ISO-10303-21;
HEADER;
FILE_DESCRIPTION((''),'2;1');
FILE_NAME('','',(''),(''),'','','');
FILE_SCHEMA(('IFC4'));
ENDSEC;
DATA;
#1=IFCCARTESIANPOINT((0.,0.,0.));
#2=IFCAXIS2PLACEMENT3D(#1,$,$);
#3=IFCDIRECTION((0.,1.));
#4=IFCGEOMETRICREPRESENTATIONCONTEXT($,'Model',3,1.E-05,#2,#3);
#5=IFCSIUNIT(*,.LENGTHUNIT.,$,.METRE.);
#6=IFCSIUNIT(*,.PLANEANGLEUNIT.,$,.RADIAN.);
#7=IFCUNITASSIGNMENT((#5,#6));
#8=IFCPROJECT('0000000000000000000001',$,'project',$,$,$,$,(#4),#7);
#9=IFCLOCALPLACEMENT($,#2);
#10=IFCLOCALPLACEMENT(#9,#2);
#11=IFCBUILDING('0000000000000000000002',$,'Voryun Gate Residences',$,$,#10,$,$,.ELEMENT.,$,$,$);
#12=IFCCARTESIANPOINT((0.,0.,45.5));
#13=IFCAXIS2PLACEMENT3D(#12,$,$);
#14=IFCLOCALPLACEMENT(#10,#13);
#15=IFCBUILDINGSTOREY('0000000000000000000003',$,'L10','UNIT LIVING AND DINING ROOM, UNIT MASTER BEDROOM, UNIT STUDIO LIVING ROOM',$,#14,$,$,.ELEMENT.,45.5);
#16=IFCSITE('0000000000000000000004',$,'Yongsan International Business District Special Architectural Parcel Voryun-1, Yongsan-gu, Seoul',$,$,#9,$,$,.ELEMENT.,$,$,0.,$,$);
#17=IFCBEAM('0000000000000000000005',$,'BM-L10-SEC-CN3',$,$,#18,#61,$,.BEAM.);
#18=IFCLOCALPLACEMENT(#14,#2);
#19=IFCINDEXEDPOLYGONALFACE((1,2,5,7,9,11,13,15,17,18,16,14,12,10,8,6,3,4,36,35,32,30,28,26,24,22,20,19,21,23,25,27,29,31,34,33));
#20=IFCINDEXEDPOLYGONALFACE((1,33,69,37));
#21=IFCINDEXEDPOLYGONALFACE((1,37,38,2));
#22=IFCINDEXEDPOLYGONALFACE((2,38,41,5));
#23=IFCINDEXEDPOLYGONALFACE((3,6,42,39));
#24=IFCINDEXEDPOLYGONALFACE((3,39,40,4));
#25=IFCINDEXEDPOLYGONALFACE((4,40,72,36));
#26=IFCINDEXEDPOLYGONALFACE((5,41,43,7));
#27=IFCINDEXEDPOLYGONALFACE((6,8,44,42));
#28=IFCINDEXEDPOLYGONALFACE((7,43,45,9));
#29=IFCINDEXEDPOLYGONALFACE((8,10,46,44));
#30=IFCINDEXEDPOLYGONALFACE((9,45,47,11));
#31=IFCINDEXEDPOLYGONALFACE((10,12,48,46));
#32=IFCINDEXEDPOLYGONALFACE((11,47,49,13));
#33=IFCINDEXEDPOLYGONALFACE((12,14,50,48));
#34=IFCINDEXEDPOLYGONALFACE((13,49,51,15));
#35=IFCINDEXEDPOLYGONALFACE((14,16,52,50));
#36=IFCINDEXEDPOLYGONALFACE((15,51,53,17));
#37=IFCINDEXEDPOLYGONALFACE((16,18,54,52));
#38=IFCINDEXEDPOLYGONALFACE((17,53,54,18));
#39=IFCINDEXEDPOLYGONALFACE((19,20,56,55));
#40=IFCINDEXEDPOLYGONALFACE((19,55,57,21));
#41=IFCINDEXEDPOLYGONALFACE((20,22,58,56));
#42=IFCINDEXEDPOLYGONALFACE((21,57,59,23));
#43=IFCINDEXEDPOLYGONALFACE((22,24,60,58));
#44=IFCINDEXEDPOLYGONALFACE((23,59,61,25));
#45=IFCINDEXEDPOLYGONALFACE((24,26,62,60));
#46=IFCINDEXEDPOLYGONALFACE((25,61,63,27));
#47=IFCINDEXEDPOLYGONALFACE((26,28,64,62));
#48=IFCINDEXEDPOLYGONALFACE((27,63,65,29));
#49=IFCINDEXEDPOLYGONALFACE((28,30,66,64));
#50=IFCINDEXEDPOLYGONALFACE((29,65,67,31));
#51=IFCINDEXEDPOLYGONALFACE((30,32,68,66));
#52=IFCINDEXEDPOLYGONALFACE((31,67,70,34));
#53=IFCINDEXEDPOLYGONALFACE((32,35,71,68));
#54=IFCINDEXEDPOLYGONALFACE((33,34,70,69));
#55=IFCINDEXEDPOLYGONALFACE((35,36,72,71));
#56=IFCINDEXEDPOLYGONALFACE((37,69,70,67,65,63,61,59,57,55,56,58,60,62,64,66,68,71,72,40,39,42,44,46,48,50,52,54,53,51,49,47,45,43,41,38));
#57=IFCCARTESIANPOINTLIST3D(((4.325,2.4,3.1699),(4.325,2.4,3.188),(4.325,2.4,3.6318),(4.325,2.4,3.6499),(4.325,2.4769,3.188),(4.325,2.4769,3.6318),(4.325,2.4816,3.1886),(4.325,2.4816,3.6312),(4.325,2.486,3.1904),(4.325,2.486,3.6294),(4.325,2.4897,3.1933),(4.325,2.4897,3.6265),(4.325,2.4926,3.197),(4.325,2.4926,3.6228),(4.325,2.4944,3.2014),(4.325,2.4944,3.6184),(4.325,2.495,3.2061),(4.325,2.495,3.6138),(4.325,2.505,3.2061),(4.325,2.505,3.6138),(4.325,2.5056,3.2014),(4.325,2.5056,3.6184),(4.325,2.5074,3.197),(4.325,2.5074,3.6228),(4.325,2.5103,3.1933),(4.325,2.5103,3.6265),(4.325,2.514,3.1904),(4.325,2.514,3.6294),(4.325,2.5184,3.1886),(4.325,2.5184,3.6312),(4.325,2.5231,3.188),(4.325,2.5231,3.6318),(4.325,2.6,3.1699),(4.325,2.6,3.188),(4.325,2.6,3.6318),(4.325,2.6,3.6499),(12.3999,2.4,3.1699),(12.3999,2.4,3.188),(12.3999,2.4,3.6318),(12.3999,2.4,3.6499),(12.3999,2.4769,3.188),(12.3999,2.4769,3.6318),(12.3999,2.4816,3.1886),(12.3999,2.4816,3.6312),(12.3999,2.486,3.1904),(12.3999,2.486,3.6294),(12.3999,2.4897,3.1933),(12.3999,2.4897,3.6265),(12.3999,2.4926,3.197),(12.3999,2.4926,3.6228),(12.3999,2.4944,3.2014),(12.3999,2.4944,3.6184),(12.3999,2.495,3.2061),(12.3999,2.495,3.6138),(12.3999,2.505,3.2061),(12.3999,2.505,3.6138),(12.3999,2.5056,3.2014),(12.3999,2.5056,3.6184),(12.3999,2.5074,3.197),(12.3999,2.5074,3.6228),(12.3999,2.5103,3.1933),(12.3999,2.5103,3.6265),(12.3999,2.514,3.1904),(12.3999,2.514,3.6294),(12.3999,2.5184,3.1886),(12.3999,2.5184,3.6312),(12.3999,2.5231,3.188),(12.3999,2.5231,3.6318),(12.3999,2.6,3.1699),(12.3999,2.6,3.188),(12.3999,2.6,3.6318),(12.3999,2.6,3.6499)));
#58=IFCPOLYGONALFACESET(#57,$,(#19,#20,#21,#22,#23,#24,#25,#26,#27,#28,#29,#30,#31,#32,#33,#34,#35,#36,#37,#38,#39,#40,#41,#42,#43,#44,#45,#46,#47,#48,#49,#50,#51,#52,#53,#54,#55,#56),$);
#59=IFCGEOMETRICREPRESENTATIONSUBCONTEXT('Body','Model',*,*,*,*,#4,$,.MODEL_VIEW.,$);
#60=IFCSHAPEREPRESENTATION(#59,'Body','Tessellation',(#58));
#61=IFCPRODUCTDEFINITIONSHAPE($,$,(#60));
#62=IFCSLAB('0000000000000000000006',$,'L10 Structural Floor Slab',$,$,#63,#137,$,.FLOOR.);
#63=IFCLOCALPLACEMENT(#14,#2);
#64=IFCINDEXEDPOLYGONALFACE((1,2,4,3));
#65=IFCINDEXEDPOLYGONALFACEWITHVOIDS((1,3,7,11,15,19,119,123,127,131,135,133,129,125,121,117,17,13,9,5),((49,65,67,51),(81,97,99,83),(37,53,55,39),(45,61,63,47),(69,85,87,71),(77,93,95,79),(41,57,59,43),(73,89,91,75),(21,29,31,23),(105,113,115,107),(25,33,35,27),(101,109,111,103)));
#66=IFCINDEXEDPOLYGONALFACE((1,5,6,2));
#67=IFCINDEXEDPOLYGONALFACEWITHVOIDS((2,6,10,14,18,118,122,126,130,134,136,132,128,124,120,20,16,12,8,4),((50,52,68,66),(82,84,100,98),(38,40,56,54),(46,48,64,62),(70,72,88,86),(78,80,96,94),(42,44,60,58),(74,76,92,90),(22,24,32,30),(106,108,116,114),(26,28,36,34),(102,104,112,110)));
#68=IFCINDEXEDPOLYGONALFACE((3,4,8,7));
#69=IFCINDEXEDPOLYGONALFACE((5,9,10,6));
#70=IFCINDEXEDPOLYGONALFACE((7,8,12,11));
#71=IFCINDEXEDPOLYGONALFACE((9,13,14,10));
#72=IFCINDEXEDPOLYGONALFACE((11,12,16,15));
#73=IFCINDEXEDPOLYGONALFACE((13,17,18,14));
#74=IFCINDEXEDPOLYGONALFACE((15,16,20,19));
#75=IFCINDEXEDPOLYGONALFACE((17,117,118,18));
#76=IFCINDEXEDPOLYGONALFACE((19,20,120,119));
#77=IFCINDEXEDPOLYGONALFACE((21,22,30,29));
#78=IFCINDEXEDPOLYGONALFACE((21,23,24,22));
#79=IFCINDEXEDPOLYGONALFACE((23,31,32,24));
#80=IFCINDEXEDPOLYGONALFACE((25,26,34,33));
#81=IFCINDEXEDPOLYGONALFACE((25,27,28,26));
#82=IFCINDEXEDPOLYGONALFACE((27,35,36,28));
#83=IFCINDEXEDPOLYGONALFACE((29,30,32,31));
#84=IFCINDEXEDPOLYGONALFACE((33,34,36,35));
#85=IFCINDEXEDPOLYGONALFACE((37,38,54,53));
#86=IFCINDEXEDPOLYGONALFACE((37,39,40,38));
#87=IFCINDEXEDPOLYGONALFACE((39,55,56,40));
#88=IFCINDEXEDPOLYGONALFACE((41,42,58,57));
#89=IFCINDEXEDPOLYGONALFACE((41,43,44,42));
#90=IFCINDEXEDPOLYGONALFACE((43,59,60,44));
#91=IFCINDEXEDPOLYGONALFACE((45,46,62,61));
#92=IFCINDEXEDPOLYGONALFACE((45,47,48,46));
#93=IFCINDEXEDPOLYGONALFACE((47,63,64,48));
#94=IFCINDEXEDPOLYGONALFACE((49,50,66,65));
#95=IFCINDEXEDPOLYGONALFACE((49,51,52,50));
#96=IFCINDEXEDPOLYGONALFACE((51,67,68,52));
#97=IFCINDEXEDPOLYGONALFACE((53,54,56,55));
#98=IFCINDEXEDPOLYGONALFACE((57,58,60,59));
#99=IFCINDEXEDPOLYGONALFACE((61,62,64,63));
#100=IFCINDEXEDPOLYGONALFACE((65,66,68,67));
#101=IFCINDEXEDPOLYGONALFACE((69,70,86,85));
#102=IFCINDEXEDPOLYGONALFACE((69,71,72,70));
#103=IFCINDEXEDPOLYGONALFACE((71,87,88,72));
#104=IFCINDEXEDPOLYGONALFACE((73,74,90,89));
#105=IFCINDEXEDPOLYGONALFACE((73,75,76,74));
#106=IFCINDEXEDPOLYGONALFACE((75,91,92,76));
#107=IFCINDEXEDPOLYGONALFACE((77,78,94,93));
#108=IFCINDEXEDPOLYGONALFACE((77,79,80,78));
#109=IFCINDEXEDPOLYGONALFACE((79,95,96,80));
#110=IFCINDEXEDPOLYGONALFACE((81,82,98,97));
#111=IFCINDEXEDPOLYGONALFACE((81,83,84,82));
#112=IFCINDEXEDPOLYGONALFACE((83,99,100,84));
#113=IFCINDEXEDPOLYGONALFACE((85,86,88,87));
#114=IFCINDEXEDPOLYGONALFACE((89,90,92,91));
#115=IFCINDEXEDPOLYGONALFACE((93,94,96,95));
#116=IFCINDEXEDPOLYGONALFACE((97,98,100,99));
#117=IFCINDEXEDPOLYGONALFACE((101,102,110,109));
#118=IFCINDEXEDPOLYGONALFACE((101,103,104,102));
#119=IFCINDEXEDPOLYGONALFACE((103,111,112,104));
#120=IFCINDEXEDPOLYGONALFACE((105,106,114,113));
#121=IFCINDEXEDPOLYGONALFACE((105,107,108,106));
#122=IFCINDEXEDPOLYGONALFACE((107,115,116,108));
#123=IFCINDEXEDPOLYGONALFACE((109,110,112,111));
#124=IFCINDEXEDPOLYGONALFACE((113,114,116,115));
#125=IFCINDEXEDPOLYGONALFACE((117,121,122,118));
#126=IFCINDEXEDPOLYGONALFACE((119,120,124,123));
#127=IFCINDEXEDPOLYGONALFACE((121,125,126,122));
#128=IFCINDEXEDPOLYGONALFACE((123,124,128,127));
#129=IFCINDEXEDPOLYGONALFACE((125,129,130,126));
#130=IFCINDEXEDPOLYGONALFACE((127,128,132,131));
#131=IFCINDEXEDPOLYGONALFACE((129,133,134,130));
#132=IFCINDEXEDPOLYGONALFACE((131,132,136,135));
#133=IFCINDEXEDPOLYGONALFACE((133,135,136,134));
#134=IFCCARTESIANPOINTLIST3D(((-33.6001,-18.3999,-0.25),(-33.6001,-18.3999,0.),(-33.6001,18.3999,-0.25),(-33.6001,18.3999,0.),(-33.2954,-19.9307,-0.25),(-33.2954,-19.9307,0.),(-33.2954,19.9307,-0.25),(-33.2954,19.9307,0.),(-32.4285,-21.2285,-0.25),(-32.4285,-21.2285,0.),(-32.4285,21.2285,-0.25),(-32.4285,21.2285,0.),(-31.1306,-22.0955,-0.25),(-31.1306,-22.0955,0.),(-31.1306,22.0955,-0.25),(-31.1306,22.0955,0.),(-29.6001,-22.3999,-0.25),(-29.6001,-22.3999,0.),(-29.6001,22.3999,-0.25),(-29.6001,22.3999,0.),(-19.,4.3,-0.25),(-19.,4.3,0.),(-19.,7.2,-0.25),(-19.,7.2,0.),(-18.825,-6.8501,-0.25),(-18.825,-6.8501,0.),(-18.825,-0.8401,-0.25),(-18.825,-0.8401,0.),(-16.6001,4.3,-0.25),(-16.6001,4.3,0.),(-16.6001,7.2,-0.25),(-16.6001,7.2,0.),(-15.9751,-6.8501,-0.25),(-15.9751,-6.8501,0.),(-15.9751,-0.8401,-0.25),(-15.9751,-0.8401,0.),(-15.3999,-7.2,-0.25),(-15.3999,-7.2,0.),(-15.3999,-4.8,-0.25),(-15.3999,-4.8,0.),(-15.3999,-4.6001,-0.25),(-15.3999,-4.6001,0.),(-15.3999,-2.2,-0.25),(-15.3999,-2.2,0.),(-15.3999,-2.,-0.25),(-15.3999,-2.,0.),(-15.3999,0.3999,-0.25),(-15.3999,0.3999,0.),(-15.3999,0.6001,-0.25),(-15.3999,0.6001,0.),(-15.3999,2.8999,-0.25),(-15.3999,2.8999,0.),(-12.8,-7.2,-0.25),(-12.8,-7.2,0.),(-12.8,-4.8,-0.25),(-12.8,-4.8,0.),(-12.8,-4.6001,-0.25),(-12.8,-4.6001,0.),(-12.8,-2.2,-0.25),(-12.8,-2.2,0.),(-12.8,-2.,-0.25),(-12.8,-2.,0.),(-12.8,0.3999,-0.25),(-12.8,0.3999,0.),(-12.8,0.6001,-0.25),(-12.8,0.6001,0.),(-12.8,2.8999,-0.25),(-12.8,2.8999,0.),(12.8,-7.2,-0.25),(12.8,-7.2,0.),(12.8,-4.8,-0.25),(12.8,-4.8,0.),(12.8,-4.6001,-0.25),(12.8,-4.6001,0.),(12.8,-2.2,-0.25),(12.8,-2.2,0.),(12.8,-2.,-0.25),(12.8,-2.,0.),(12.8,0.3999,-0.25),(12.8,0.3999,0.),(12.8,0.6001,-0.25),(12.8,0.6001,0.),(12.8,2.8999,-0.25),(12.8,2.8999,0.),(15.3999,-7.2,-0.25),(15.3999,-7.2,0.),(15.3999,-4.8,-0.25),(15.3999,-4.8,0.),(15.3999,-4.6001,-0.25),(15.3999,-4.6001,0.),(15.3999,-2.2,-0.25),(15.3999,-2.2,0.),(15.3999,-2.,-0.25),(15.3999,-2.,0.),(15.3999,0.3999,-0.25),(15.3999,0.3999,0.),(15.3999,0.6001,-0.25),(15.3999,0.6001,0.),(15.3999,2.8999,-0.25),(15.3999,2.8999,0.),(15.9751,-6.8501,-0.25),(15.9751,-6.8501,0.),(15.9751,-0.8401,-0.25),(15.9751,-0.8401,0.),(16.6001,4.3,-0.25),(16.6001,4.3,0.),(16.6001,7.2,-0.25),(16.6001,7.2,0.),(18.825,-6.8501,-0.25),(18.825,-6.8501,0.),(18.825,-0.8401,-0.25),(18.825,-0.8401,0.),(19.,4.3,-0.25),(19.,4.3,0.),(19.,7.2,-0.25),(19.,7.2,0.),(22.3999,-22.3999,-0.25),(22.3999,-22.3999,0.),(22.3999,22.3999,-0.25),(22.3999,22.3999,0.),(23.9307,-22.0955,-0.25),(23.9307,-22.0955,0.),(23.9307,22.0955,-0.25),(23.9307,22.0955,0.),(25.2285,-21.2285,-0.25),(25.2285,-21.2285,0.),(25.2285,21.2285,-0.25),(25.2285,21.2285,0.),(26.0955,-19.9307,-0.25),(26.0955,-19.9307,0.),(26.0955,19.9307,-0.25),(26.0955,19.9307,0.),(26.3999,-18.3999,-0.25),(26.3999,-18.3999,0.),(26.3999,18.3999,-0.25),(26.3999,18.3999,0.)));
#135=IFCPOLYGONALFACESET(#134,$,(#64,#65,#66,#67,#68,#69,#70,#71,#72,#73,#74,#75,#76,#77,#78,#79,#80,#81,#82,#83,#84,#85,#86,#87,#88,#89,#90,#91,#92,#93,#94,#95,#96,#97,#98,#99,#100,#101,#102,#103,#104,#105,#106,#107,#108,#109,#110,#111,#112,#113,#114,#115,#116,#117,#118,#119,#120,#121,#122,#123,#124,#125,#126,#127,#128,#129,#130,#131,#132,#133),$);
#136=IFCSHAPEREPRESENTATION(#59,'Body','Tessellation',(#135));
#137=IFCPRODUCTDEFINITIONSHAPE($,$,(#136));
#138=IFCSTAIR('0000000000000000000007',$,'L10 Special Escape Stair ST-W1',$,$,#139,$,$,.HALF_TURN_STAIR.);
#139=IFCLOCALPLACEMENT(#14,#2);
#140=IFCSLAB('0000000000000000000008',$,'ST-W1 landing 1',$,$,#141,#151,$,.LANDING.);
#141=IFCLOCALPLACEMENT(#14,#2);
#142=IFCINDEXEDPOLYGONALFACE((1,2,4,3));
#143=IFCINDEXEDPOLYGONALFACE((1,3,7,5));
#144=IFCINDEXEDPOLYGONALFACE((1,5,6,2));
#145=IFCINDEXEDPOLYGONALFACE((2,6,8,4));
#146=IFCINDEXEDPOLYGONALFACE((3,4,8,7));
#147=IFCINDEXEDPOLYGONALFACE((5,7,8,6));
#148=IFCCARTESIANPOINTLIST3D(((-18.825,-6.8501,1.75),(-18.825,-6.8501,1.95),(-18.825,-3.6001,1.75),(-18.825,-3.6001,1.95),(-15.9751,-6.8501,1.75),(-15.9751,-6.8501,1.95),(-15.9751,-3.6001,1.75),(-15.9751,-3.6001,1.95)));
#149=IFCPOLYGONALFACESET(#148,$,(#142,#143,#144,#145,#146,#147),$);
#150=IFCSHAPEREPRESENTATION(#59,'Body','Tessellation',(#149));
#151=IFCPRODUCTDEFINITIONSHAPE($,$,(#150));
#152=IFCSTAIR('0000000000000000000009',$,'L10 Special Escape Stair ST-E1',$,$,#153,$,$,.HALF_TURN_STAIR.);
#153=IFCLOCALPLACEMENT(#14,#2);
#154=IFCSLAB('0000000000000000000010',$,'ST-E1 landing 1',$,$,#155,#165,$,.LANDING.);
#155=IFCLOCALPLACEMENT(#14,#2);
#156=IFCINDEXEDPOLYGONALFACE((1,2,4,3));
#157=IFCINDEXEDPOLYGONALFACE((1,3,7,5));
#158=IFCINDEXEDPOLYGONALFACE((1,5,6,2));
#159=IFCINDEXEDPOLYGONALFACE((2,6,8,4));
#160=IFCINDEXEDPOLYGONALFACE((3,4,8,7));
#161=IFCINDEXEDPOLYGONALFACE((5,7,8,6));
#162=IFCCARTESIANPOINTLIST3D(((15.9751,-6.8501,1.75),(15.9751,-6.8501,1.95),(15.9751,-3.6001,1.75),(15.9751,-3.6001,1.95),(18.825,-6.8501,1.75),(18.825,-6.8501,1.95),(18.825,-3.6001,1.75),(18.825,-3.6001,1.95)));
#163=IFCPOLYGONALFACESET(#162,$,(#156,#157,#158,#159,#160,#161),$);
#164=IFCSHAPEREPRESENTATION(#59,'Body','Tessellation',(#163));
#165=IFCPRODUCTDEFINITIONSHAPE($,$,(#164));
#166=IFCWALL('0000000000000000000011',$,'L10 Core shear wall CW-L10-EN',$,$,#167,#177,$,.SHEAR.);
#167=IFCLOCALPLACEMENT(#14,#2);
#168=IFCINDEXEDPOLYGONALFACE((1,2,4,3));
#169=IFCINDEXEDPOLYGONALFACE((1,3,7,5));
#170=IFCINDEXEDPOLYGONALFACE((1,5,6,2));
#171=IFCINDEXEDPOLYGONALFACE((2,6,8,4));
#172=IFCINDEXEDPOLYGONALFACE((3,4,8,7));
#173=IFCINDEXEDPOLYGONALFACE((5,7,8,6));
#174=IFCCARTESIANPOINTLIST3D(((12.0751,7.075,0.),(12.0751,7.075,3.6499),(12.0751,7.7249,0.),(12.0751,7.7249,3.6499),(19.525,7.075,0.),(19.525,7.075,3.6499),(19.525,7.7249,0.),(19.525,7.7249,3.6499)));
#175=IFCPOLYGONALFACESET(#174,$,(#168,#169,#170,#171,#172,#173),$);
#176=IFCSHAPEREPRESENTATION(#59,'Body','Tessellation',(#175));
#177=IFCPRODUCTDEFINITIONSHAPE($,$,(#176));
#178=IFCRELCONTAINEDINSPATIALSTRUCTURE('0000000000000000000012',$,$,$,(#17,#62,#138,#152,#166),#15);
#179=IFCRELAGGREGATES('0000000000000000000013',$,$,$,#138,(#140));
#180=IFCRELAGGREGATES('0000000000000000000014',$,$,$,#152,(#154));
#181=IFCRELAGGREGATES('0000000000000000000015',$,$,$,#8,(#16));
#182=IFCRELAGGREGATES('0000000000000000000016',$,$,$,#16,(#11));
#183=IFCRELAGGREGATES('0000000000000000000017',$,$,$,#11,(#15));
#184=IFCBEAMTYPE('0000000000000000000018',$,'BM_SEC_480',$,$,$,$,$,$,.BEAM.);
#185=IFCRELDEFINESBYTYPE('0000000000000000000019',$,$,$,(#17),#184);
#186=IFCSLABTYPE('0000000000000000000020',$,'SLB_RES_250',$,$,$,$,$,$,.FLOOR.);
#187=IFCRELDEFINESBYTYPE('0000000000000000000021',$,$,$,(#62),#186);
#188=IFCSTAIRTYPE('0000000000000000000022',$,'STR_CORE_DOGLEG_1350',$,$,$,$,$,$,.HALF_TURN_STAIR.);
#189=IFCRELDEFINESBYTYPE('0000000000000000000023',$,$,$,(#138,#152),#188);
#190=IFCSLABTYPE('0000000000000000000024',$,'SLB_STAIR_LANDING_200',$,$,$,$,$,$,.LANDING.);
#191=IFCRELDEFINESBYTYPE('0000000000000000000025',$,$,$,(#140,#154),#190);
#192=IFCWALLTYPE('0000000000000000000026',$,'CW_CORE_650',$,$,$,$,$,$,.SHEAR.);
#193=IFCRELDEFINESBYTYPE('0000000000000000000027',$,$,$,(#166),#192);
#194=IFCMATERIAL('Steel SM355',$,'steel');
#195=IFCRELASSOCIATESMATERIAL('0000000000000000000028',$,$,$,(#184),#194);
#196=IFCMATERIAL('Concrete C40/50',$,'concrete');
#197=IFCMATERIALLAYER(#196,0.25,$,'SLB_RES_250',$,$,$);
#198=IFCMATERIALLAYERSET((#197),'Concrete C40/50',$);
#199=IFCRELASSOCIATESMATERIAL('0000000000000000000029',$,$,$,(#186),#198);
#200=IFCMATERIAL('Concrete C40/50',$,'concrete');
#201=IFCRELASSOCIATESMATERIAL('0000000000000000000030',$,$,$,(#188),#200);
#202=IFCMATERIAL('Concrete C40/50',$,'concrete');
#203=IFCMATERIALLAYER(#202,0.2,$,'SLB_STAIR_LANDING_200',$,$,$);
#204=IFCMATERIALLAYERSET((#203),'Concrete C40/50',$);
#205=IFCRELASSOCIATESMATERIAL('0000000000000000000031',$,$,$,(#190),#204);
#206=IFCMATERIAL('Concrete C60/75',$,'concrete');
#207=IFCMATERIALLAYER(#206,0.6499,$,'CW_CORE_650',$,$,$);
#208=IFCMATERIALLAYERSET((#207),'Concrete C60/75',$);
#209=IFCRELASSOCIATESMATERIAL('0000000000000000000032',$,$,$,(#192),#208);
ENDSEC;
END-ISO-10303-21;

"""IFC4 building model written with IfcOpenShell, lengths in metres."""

from ifc_helpers import new_model, si_unit, direction, frame, frame_2d, origin, origin_2d, place, context, subcontext, project, spatial, polyline, rectangle, i_section, outline, extrude, material, layer, layer_set, material_profile, profile_set, type_object, element, aggregate, save


model = new_model("IFC4")

# Units and contexts
model_context = context("Model", 3, precision=1e-05, world=origin(), true_north=direction((0.0, 1.0)))
body_context = subcontext(model_context, "Body", "Model", "MODEL_VIEW")
ifc_project = project(units=[si_unit("LENGTHUNIT", "METRE"), si_unit("PLANEANGLEUNIT", "RADIAN")], contexts=[model_context])

# Site, building, storey
site_placement = place(None, origin())
site = spatial("IfcSite", under=ifc_project, at=site_placement, Name="Yongsan International Business District Special Architectural Parcel Voryun-1, Yongsan-gu, Seoul", CompositionType="ELEMENT", RefElevation=0.0)
building_placement = place(site_placement, origin())
building = spatial("IfcBuilding", under=site, at=building_placement, Name="Voryun Gate Residences", CompositionType="ELEMENT")
storey_placement = place(building_placement, frame((0.0, 0.0, 45.5)))
storey = spatial("IfcBuildingStorey", under=building, at=storey_placement, Name="L10", Description="UNIT LIVING AND DINING ROOM, UNIT MASTER BEDROOM, UNIT STUDIO LIVING ROOM", CompositionType="ELEMENT", Elevation=45.5)

# Beam
ifc_material_1 = material(Name="Steel SM355", Category="steel")
ifc_material_profile_1 = material_profile(ifc_material_1, i_section(OverallWidth=0.2, OverallDepth=0.48, WebThickness=0.01, FlangeThickness=0.0181, FilletRadius=0.0181, at=origin_2d()), Name="H-480x200x10x18")
ifc_profile_set_1 = profile_set([ifc_material_profile_1], Name="Steel SM355")
beam_type_1 = type_object("IfcBeamType", Name="BM_SEC_480", PredefinedType="BEAM", material=ifc_profile_set_1)
beam_1_placement = place(storey_placement, frame((4.325, 2.5, 3.4099), z_axis=(1.0, 0.0, 0.0), x_axis=(0.0, 1.0, 0.0)))
element("IfcBeam", 1, at=beam_1_placement, inside=storey, type_object=beam_type_1, Name="BM-L10-SEC-CN3", PredefinedType="BEAM", context=body_context, shape_type="SweptSolid", body=[
    extrude(i_section(OverallWidth=0.2, OverallDepth=0.48, WebThickness=0.01, FlangeThickness=0.0181, FilletRadius=0.0181, at=origin_2d()), origin(), (0.0, 0.0, 1.0), 8.075),
])

# Slab
ifc_material_2 = material(Name="Concrete C40/50", Category="concrete")
ifc_layer_1 = layer(ifc_material_2, 0.25, Name="SLB_RES_250")
ifc_layer_set_1 = layer_set([ifc_layer_1], Name="Concrete C40/50")
slab_type_1 = type_object("IfcSlabType", Name="SLB_RES_250", PredefinedType="FLOOR", material=ifc_layer_set_1)
slab_1_placement = place(storey_placement, frame((0.0, 0.0, -0.25)))
element("IfcSlab", 2, at=slab_1_placement, inside=storey, type_object=slab_type_1, Name="L10 Structural Floor Slab", PredefinedType="FLOOR", context=body_context, shape_type="SweptSolid", body=[
    extrude(outline(polyline([(-29.6001, -22.3999), (-31.1306, -22.0955), (-32.4285, -21.2285), (-33.2954, -19.9307), (-33.6001, -18.3999), (-33.6001, 18.3999), (-33.2954, 19.9307), (-32.4285, 21.2285), (-31.1306, 22.0955), (-29.6001, 22.3999), (22.3999, 22.3999), (23.9307, 22.0955), (25.2285, 21.2285), (26.0955, 19.9307), (26.3999, 18.3999), (26.3999, -18.3999), (26.0955, -19.9307), (25.2285, -21.2285), (23.9307, -22.0955), (22.3999, -22.3999), (-29.6001, -22.3999)]), holes=[polyline([(-12.8, -4.8), (-15.3999, -4.8), (-15.3999, -7.2), (-12.8, -7.2), (-12.8, -4.8)]), polyline([(-18.825, -6.8501), (-15.9751, -6.8501), (-15.9751, -0.8401), (-18.825, -0.8401), (-18.825, -6.8501)]), polyline([(-12.8, -4.6001), (-12.8, -2.2), (-15.3999, -2.2), (-15.3999, -4.6001), (-12.8, -4.6001)]), polyline([(-12.8, 0.3999), (-15.3999, 0.3999), (-15.3999, -2.0), (-12.8, -2.0), (-12.8, 0.3999)]), polyline([(-12.8, 0.6001), (-12.8, 2.8999), (-15.3999, 2.8999), (-15.3999, 0.6001), (-12.8, 0.6001)]), polyline([(-16.6001, 4.3), (-16.6001, 7.2), (-19.0, 7.2), (-19.0, 4.3), (-16.6001, 4.3)]), polyline([(15.3999, -4.8), (12.8, -4.8), (12.8, -7.2), (15.3999, -7.2), (15.3999, -4.8)]), polyline([(15.9751, -6.8501), (18.825, -6.8501), (18.825, -0.8401), (15.9751, -0.8401), (15.9751, -6.8501)]), polyline([(15.3999, -4.6001), (15.3999, -2.2), (12.8, -2.2), (12.8, -4.6001), (15.3999, -4.6001)]), polyline([(15.3999, 0.3999), (12.8, 0.3999), (12.8, -2.0), (15.3999, -2.0), (15.3999, 0.3999)]), polyline([(15.3999, 0.6001), (15.3999, 2.8999), (12.8, 2.8999), (12.8, 0.6001), (15.3999, 0.6001)]), polyline([(19.0, 4.3), (19.0, 7.2), (16.6001, 7.2), (16.6001, 4.3), (19.0, 4.3)])]), origin(), (0.0, 0.0, 1.0), 0.25),
])

# Stairs, slabs
ifc_material_3 = material(Name="Concrete C40/50", Category="concrete")
stair_type = type_object("IfcStairType", Name="STR_CORE_DOGLEG_1350", PredefinedType="HALF_TURN_STAIR", material=ifc_material_3)
stair_1_placement = place(storey_placement, origin())
stair_1 = element("IfcStair", 3, at=stair_1_placement, inside=storey, type_object=stair_type, Name="L10 Special Escape Stair ST-W1", PredefinedType="HALF_TURN_STAIR")
ifc_material_4 = material(Name="Concrete C40/50", Category="concrete")
ifc_layer_2 = layer(ifc_material_4, 0.2, Name="SLB_STAIR_LANDING_200")
ifc_layer_set_2 = layer_set([ifc_layer_2], Name="Concrete C40/50")
slab_type_2 = type_object("IfcSlabType", Name="SLB_STAIR_LANDING_200", PredefinedType="LANDING", material=ifc_layer_set_2)
slab_2_placement = place(storey_placement, frame((0.0, 0.0, 1.75)))
slab_2 = element("IfcSlab", 4, at=slab_2_placement, type_object=slab_type_2, Name="ST-W1 landing 1", PredefinedType="LANDING", context=body_context, shape_type="SweptSolid", body=[
    extrude(outline(polyline([(-18.825, -3.6001), (-18.825, -6.8501), (-15.9751, -6.8501), (-15.9751, -3.6001), (-18.825, -3.6001)])), origin(), (0.0, 0.0, 1.0), 0.2),
])
aggregate(stair_1, [slab_2])
stair_2_placement = place(storey_placement, origin())
stair_2 = element("IfcStair", 5, at=stair_2_placement, inside=storey, type_object=stair_type, Name="L10 Special Escape Stair ST-E1", PredefinedType="HALF_TURN_STAIR")
slab_3_placement = place(storey_placement, frame((0.0, 0.0, 1.75)))
slab_3 = element("IfcSlab", 6, at=slab_3_placement, type_object=slab_type_2, Name="ST-E1 landing 1", PredefinedType="LANDING", context=body_context, shape_type="SweptSolid", body=[
    extrude(outline(polyline([(15.9751, -3.6001), (15.9751, -6.8501), (18.825, -6.8501), (18.825, -3.6001), (15.9751, -3.6001)])), origin(), (0.0, 0.0, 1.0), 0.2),
])
aggregate(stair_2, [slab_3])

# Wall
ifc_material_5 = material(Name="Concrete C60/75", Category="concrete")
ifc_layer_3 = layer(ifc_material_5, 0.6499, Name="CW_CORE_650")
ifc_layer_set_3 = layer_set([ifc_layer_3], Name="Concrete C60/75")
wall_type_1 = type_object("IfcWallType", Name="CW_CORE_650", PredefinedType="SHEAR", material=ifc_layer_set_3)
wall_1_placement = place(storey_placement, frame((12.075, 7.3999, 0.0), z_axis=(0.0, 0.0, 1.0), x_axis=(1.0, 0.0, 0.0)))
element("IfcWall", 7, at=wall_1_placement, inside=storey, type_object=wall_type_1, Name="L10 Core shear wall CW-L10-EN", PredefinedType="SHEAR", context=body_context, shape_type="SweptSolid", body=[
    extrude(rectangle(XDim=7.45, YDim=0.6499, at=frame_2d((3.7251, 0.0))), origin(), (0.0, 0.0, 1.0), 3.6499),
])

save(model, "model.ifc")
